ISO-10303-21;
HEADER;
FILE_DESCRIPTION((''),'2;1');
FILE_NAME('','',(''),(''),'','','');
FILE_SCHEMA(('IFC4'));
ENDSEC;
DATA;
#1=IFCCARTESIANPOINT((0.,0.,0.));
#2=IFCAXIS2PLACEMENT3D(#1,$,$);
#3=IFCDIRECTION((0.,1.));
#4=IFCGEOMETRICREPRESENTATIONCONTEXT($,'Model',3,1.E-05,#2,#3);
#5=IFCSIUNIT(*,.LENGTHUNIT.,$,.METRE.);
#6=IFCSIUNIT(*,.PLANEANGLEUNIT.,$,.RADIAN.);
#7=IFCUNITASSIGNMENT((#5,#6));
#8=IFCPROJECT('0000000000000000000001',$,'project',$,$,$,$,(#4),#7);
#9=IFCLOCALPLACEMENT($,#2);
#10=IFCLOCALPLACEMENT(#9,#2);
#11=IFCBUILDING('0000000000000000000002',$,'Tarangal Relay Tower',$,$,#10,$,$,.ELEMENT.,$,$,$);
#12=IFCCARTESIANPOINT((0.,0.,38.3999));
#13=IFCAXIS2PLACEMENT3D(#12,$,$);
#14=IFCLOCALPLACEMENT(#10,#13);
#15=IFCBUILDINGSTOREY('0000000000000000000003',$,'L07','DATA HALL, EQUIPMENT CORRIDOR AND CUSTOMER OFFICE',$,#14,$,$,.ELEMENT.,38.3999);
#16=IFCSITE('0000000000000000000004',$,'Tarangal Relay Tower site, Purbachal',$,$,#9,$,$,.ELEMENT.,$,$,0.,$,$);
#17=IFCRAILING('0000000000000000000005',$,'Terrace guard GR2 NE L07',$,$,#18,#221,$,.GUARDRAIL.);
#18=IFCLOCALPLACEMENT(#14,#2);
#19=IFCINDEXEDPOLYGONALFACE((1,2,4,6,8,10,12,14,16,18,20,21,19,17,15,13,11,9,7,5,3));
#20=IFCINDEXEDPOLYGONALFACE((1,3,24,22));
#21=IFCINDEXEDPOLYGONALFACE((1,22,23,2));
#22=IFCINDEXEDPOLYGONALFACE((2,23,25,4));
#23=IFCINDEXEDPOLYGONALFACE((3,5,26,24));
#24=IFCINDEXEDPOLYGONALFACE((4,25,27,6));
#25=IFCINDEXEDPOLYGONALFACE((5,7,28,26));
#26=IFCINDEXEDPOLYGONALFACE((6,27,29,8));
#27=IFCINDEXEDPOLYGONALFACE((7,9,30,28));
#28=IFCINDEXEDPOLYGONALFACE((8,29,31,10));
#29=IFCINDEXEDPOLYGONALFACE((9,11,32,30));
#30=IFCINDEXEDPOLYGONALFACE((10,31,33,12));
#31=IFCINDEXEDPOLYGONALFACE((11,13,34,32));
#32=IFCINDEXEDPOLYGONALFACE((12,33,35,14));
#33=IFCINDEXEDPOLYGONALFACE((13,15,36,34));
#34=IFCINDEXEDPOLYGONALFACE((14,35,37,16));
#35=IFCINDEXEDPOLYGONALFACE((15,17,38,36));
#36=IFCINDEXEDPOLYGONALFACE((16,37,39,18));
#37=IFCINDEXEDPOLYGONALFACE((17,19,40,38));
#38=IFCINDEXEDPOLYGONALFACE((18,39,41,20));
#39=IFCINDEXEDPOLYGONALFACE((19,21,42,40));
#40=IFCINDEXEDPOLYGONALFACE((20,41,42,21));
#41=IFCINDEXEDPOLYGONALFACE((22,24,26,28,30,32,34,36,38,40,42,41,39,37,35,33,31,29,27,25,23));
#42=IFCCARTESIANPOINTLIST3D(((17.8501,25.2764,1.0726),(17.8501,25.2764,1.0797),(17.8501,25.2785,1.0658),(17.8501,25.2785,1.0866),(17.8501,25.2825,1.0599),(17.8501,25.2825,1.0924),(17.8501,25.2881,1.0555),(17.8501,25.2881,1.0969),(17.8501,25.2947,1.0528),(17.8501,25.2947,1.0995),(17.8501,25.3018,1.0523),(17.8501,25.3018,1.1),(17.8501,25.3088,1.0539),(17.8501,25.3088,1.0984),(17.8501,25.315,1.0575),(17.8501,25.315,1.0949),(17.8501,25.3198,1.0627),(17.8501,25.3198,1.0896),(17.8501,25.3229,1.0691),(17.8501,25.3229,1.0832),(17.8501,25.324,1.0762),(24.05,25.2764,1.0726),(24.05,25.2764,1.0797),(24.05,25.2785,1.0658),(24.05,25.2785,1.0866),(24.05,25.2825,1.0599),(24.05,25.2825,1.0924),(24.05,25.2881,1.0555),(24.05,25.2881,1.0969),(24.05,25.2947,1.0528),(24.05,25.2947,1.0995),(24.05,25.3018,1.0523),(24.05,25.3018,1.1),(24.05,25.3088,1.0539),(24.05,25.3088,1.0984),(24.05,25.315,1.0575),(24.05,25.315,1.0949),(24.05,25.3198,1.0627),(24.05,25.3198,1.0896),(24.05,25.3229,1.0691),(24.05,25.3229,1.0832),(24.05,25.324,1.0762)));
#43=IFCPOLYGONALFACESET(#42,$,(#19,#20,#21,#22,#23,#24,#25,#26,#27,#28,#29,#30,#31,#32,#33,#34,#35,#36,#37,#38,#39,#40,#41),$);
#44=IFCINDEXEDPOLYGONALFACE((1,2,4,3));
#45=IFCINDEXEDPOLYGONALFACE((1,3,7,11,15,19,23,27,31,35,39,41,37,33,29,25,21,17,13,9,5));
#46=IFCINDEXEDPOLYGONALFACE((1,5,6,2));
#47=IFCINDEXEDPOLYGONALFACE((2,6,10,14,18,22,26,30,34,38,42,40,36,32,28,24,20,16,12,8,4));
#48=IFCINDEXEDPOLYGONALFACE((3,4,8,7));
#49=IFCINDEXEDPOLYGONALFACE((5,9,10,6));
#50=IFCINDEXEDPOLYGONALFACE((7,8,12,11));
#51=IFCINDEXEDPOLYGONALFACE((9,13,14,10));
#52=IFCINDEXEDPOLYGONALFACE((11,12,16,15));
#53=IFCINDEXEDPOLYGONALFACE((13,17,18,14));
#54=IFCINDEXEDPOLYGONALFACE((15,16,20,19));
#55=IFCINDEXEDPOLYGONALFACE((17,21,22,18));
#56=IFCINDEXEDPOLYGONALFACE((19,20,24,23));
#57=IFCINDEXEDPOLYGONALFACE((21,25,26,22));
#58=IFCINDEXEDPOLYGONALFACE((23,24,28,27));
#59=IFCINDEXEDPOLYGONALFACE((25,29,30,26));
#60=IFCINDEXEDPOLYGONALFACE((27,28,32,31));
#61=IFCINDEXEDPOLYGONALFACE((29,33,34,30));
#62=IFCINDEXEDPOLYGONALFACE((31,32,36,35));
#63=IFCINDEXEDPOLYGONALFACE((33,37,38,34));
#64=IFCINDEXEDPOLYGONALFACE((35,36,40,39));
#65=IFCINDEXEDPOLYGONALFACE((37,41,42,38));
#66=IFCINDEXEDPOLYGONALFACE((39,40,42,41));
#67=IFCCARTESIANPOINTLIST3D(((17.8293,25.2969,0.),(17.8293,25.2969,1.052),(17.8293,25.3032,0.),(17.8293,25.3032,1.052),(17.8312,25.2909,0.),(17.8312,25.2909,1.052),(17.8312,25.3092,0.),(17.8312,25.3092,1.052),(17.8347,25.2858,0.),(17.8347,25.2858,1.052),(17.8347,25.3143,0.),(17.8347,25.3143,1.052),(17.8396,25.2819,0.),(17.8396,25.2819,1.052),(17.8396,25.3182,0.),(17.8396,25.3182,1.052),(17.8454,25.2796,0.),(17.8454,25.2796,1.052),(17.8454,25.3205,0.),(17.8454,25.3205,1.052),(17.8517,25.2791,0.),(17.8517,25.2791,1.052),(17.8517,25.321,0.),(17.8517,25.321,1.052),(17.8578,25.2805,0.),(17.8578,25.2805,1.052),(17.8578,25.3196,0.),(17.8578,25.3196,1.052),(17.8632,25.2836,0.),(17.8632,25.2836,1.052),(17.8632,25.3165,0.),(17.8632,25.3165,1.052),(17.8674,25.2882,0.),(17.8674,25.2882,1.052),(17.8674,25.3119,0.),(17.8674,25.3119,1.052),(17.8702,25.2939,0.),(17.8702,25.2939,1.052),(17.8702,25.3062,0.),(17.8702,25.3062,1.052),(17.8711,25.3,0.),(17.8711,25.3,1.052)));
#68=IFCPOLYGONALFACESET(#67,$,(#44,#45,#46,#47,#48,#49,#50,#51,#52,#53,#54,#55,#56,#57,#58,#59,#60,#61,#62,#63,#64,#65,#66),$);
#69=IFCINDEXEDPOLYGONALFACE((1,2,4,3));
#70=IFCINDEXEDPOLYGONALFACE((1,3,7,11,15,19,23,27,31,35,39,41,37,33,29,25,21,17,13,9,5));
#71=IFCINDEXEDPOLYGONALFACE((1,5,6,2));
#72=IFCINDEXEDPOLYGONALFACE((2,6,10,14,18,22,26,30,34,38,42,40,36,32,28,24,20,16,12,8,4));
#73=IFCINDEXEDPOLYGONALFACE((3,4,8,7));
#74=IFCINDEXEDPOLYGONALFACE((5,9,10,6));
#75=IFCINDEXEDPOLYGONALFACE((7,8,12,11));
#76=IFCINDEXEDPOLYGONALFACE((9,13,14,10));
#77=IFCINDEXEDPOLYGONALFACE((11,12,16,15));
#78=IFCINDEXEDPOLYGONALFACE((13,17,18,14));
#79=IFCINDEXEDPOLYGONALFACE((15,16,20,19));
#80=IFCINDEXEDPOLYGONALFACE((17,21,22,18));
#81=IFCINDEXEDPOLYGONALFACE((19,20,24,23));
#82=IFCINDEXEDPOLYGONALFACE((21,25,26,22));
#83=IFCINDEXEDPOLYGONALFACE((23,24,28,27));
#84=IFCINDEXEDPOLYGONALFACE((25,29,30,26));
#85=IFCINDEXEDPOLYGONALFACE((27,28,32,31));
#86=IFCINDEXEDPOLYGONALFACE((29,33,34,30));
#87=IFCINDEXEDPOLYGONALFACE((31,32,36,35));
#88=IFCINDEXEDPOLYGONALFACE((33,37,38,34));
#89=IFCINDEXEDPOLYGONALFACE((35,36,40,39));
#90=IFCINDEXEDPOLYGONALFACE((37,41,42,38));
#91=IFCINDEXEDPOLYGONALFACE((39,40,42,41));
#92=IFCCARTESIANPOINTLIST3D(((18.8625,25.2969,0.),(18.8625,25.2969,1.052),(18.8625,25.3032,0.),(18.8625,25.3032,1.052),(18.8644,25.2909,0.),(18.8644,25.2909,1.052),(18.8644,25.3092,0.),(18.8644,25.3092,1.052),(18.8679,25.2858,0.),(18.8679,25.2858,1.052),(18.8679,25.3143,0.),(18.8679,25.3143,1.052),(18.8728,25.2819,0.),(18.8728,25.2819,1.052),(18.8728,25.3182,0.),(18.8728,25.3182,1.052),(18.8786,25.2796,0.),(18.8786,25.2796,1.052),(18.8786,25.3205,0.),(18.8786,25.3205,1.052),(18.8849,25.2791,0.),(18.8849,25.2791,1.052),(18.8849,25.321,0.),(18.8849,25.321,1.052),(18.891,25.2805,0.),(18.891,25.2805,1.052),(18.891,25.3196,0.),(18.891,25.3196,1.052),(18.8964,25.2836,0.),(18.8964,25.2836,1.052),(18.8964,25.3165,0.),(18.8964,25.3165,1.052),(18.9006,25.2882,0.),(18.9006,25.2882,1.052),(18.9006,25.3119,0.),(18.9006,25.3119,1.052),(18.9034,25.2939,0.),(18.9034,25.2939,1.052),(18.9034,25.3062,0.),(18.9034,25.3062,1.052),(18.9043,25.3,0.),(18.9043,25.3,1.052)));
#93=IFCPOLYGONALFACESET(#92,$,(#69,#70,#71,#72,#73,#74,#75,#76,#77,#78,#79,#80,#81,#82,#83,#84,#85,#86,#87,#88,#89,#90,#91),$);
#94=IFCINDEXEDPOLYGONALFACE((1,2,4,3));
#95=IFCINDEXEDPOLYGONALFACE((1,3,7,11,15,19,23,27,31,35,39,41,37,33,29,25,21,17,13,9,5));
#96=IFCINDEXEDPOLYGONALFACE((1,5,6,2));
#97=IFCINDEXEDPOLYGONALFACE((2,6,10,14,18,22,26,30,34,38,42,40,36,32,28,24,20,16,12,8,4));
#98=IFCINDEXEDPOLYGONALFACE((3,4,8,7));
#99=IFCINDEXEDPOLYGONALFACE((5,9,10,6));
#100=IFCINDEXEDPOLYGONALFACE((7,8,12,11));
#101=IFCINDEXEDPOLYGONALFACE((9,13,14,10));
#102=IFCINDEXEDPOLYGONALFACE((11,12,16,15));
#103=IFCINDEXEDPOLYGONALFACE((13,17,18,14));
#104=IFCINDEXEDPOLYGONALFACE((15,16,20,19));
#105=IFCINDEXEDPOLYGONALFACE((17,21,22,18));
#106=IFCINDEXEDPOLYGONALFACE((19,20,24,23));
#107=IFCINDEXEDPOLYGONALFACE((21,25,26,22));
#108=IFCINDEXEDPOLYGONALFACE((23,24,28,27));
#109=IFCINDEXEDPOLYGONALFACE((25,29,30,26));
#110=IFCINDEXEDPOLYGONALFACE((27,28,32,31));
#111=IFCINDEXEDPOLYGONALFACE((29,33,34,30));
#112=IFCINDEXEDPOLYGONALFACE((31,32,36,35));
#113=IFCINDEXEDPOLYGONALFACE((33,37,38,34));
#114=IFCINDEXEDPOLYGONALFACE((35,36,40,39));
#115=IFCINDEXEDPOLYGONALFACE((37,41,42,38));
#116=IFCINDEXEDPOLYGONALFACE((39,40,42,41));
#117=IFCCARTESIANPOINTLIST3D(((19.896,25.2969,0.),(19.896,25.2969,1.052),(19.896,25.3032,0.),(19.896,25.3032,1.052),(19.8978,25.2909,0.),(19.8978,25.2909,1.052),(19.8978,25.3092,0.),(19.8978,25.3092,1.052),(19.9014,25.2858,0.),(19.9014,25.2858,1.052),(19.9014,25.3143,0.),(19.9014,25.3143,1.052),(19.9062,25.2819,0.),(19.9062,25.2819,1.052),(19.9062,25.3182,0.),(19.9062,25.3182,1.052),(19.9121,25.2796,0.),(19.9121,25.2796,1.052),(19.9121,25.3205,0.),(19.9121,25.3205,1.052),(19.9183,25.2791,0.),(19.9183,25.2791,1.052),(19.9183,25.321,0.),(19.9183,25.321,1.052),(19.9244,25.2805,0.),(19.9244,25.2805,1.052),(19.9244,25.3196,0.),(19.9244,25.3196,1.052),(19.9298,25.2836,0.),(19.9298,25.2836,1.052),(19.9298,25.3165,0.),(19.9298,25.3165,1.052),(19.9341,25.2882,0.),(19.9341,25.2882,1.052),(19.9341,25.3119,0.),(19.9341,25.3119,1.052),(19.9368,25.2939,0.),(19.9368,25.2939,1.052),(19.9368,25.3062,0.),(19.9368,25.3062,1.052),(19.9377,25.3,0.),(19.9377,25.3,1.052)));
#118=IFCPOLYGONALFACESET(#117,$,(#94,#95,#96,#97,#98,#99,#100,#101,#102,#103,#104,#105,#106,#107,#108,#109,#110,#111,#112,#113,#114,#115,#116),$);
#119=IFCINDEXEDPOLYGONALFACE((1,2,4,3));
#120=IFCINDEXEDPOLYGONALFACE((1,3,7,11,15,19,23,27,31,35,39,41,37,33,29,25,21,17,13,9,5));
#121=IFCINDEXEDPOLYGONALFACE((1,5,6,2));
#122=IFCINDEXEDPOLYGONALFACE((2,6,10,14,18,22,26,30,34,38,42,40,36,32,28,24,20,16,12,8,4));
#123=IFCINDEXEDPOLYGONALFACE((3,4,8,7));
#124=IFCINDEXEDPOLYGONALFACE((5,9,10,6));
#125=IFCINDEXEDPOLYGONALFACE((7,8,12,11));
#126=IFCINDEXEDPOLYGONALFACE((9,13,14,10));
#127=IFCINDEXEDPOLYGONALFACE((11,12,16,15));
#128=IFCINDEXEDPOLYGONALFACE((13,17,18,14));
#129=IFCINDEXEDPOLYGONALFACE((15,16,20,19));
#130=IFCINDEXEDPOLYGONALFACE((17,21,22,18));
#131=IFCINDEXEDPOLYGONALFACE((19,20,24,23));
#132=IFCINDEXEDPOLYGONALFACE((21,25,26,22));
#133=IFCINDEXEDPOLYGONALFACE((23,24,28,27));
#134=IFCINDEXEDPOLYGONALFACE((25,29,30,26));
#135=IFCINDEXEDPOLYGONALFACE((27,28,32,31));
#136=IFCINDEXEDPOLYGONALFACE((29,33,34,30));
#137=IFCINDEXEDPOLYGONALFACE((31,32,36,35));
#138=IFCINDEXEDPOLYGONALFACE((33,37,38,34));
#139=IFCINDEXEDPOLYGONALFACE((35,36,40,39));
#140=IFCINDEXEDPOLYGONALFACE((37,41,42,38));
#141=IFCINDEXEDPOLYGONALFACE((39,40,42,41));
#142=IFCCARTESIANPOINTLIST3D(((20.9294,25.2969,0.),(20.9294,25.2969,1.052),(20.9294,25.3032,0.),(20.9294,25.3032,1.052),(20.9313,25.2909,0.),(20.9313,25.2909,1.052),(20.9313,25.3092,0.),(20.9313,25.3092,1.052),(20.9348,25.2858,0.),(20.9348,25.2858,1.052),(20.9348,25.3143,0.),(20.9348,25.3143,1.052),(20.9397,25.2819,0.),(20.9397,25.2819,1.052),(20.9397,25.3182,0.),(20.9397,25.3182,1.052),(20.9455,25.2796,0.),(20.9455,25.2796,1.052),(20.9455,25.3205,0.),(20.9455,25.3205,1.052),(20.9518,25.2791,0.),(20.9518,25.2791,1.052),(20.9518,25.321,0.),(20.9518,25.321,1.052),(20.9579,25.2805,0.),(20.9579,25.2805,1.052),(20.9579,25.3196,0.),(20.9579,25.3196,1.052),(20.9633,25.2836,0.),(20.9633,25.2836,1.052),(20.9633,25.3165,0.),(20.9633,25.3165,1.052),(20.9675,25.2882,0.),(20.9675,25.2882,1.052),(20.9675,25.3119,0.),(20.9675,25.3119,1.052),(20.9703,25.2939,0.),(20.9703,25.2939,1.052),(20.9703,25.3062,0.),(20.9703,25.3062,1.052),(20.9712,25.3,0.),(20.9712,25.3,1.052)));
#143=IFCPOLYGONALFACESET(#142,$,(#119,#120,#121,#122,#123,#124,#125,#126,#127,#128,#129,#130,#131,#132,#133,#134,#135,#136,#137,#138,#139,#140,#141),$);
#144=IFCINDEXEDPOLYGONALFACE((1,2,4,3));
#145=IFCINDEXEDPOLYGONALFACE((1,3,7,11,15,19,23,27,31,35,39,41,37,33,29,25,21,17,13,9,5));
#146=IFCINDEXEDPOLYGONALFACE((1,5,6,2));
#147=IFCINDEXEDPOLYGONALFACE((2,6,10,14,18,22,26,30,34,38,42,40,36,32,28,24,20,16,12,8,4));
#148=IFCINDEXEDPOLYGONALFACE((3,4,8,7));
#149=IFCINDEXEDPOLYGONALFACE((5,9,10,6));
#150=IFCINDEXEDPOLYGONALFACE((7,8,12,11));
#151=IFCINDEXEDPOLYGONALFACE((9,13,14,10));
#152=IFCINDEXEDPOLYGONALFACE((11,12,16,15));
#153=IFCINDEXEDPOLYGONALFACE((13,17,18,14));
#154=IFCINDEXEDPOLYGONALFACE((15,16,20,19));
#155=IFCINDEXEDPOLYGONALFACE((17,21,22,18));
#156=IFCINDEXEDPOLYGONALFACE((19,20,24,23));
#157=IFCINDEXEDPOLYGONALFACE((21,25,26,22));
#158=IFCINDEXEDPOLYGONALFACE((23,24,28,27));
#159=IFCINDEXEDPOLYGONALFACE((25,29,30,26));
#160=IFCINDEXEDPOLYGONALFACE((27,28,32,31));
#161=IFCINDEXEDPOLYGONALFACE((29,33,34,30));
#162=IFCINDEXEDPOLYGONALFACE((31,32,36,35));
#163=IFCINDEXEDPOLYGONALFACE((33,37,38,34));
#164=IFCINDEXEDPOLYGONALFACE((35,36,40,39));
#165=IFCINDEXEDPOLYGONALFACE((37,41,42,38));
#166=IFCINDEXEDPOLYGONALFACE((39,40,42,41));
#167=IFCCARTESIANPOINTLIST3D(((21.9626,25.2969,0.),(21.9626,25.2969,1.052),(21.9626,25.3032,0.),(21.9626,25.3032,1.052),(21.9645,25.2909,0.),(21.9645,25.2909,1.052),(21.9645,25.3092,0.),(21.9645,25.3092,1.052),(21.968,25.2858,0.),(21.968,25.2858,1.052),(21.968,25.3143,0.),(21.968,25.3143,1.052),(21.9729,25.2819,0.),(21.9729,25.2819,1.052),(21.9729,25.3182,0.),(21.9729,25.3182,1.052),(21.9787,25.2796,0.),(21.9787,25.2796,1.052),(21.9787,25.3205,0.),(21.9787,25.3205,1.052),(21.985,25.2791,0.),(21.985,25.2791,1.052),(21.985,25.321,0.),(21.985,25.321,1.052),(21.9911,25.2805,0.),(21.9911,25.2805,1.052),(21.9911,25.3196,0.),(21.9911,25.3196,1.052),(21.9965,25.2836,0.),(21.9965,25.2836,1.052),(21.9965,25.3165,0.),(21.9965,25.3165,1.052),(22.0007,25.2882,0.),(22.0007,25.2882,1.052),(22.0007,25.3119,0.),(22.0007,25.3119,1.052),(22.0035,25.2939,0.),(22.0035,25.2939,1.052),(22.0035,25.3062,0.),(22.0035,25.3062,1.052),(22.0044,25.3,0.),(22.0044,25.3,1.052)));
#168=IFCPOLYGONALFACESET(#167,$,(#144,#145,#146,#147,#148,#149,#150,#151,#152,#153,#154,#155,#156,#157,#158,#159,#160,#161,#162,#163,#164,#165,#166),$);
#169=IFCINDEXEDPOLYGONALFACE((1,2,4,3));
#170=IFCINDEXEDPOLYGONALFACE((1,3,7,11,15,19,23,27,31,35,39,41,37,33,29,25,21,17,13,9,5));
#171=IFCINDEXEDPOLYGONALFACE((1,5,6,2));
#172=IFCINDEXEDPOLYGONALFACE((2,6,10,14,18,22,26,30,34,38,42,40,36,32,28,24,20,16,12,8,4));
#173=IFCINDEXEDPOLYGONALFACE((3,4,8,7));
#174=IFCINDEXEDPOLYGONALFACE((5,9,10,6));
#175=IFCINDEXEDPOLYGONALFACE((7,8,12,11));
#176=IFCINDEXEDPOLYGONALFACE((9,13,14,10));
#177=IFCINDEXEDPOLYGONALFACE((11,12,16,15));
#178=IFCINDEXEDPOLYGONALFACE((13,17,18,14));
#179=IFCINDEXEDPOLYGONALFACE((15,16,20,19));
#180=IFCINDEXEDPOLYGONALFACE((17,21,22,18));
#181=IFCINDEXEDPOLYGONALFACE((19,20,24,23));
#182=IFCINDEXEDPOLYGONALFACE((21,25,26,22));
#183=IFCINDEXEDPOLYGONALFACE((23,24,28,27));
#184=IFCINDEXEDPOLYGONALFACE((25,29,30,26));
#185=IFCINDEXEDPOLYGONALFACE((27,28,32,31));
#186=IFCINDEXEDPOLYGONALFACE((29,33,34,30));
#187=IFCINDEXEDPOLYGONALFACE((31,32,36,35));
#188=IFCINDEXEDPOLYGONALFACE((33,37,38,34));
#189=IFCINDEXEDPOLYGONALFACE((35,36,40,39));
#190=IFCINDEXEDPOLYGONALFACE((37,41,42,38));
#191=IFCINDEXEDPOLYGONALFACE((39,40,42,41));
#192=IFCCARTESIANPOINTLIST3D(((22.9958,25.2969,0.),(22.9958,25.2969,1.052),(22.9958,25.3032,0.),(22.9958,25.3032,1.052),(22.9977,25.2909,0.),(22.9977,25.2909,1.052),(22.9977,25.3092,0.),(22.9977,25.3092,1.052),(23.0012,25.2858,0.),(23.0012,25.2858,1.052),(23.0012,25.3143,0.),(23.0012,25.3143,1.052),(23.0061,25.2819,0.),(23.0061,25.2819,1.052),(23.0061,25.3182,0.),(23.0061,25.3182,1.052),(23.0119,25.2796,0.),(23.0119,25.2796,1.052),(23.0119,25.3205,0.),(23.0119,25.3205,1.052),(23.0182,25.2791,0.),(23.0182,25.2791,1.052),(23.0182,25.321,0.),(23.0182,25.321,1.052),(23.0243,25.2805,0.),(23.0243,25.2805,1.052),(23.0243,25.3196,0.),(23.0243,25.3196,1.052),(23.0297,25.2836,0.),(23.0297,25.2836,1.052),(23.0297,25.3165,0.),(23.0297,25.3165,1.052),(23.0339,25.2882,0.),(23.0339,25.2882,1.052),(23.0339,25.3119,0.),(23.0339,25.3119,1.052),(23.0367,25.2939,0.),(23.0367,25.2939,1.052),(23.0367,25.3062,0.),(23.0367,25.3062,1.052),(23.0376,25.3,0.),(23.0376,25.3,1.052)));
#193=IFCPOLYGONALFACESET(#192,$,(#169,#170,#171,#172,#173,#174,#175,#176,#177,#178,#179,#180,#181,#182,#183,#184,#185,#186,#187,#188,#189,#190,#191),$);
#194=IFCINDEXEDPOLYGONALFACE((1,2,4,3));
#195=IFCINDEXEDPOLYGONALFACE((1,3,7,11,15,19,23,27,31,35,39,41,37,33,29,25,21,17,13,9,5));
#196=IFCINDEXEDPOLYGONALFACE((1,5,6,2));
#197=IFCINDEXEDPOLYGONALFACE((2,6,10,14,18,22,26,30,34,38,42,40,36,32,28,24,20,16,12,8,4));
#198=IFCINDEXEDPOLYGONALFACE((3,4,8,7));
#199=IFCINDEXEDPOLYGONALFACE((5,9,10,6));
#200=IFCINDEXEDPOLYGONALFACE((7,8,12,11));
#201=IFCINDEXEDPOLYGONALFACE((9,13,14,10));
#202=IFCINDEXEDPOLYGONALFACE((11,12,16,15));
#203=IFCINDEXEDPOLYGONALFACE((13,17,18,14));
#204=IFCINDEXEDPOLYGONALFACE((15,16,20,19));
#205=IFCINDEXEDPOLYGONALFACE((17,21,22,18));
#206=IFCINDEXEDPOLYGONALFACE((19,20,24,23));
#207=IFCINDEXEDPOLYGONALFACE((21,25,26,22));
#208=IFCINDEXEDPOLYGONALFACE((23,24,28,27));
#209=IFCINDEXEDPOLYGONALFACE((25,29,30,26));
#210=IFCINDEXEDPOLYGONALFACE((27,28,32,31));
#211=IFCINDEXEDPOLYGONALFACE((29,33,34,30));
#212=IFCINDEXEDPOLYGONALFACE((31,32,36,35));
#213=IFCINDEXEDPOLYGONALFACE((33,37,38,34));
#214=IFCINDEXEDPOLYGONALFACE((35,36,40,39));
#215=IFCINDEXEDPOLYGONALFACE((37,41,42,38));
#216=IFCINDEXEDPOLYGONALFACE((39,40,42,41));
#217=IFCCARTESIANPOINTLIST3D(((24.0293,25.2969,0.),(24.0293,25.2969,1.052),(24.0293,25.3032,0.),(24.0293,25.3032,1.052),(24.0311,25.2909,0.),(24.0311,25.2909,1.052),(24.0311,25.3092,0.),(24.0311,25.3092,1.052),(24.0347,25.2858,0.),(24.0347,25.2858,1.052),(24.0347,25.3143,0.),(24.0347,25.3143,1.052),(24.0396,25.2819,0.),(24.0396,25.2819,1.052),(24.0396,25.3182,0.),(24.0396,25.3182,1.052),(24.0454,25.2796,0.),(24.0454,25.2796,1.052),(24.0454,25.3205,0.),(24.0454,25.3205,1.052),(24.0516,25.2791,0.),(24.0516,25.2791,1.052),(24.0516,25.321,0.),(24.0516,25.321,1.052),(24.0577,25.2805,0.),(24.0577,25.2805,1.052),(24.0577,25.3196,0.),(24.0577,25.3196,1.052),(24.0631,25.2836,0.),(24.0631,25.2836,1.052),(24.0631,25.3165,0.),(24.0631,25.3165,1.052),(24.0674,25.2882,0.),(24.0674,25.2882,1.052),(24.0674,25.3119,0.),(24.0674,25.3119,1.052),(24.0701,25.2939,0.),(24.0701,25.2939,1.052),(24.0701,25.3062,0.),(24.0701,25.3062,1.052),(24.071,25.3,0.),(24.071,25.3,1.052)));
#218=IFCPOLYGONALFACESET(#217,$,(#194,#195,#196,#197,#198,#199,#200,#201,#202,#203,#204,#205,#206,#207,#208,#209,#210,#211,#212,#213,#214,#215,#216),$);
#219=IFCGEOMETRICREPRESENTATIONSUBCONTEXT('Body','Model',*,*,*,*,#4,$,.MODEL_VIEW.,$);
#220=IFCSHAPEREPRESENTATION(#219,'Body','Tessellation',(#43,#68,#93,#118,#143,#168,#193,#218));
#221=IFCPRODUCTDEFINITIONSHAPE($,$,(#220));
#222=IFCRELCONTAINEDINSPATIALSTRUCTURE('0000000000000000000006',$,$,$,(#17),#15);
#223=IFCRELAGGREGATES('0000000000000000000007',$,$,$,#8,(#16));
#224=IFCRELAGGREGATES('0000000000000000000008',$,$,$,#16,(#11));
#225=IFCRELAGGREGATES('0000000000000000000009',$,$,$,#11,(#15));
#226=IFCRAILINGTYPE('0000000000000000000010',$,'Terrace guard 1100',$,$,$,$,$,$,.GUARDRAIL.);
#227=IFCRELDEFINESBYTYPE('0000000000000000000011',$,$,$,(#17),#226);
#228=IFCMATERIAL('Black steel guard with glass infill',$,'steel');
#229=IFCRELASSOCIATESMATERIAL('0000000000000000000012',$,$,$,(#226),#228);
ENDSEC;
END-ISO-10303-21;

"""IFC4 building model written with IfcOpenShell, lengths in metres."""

from ifc_helpers import new_model, si_unit, direction, frame, origin, origin_2d, place, context, subcontext, project, spatial, circle, extrude, material, type_object, element, save


model = new_model("IFC4")

# Units and contexts
model_context = context("Model", 3, precision=1e-05, world=origin(), true_north=direction((0.0, 1.0)))
body_context = subcontext(model_context, "Body", "Model", "MODEL_VIEW")
ifc_project = project(units=[si_unit("LENGTHUNIT", "METRE"), si_unit("PLANEANGLEUNIT", "RADIAN")], contexts=[model_context])

# Site, building, storey
site_placement = place(None, origin())
site = spatial("IfcSite", under=ifc_project, at=site_placement, Name="Tarangal Relay Tower site, Purbachal", CompositionType="ELEMENT", RefElevation=0.0)
building_placement = place(site_placement, origin())
building = spatial("IfcBuilding", under=site, at=building_placement, Name="Tarangal Relay Tower", CompositionType="ELEMENT")
storey_placement = place(building_placement, frame((0.0, 0.0, 38.3999)))
storey = spatial("IfcBuildingStorey", under=building, at=storey_placement, Name="L07", Description="DATA HALL, EQUIPMENT CORRIDOR AND CUSTOMER OFFICE", CompositionType="ELEMENT", Elevation=38.3999)

# Railing
ifc_material_1 = material(Name="Black steel guard with glass infill", Category="steel")
railing_type_1 = type_object("IfcRailingType", Name="Terrace guard 1100", PredefinedType="GUARDRAIL", material=ifc_material_1)
railing_1_placement = place(storey_placement, frame((17.8501, 25.3, 0.0)))
element("IfcRailing", 1, at=railing_1_placement, inside=storey, type_object=railing_type_1, Name="Terrace guard GR2 NE L07", PredefinedType="GUARDRAIL", context=body_context, shape_type="SweptSolid", body=[
    extrude(circle(Radius=0.0239, at=origin_2d()), frame((0.0, 0.0, 1.0762), z_axis=(1.0, 0.0, 0.0), x_axis=(0.0, 1.0, 0.0)), (0.0, 0.0, 1.0), 6.2),
    extrude(circle(Radius=0.021, at=origin_2d()), origin(), (0.0, 0.0, 1.0), 1.052),
    extrude(circle(Radius=0.021, at=origin_2d()), frame((1.0332, 0.0, 0.0)), (0.0, 0.0, 1.0), 1.052),
    extrude(circle(Radius=0.021, at=origin_2d()), frame((2.0667, 0.0, 0.0)), (0.0, 0.0, 1.0), 1.052),
    extrude(circle(Radius=0.021, at=origin_2d()), frame((3.1001, 0.0, 0.0)), (0.0, 0.0, 1.0), 1.052),
    extrude(circle(Radius=0.021, at=origin_2d()), frame((4.1333, 0.0, 0.0)), (0.0, 0.0, 1.0), 1.052),
    extrude(circle(Radius=0.021, at=origin_2d()), frame((5.1665, 0.0, 0.0)), (0.0, 0.0, 1.0), 1.052),
    extrude(circle(Radius=0.021, at=origin_2d()), frame((6.2, 0.0, 0.0)), (0.0, 0.0, 1.0), 1.052),
])

save(model, "model.ifc")
